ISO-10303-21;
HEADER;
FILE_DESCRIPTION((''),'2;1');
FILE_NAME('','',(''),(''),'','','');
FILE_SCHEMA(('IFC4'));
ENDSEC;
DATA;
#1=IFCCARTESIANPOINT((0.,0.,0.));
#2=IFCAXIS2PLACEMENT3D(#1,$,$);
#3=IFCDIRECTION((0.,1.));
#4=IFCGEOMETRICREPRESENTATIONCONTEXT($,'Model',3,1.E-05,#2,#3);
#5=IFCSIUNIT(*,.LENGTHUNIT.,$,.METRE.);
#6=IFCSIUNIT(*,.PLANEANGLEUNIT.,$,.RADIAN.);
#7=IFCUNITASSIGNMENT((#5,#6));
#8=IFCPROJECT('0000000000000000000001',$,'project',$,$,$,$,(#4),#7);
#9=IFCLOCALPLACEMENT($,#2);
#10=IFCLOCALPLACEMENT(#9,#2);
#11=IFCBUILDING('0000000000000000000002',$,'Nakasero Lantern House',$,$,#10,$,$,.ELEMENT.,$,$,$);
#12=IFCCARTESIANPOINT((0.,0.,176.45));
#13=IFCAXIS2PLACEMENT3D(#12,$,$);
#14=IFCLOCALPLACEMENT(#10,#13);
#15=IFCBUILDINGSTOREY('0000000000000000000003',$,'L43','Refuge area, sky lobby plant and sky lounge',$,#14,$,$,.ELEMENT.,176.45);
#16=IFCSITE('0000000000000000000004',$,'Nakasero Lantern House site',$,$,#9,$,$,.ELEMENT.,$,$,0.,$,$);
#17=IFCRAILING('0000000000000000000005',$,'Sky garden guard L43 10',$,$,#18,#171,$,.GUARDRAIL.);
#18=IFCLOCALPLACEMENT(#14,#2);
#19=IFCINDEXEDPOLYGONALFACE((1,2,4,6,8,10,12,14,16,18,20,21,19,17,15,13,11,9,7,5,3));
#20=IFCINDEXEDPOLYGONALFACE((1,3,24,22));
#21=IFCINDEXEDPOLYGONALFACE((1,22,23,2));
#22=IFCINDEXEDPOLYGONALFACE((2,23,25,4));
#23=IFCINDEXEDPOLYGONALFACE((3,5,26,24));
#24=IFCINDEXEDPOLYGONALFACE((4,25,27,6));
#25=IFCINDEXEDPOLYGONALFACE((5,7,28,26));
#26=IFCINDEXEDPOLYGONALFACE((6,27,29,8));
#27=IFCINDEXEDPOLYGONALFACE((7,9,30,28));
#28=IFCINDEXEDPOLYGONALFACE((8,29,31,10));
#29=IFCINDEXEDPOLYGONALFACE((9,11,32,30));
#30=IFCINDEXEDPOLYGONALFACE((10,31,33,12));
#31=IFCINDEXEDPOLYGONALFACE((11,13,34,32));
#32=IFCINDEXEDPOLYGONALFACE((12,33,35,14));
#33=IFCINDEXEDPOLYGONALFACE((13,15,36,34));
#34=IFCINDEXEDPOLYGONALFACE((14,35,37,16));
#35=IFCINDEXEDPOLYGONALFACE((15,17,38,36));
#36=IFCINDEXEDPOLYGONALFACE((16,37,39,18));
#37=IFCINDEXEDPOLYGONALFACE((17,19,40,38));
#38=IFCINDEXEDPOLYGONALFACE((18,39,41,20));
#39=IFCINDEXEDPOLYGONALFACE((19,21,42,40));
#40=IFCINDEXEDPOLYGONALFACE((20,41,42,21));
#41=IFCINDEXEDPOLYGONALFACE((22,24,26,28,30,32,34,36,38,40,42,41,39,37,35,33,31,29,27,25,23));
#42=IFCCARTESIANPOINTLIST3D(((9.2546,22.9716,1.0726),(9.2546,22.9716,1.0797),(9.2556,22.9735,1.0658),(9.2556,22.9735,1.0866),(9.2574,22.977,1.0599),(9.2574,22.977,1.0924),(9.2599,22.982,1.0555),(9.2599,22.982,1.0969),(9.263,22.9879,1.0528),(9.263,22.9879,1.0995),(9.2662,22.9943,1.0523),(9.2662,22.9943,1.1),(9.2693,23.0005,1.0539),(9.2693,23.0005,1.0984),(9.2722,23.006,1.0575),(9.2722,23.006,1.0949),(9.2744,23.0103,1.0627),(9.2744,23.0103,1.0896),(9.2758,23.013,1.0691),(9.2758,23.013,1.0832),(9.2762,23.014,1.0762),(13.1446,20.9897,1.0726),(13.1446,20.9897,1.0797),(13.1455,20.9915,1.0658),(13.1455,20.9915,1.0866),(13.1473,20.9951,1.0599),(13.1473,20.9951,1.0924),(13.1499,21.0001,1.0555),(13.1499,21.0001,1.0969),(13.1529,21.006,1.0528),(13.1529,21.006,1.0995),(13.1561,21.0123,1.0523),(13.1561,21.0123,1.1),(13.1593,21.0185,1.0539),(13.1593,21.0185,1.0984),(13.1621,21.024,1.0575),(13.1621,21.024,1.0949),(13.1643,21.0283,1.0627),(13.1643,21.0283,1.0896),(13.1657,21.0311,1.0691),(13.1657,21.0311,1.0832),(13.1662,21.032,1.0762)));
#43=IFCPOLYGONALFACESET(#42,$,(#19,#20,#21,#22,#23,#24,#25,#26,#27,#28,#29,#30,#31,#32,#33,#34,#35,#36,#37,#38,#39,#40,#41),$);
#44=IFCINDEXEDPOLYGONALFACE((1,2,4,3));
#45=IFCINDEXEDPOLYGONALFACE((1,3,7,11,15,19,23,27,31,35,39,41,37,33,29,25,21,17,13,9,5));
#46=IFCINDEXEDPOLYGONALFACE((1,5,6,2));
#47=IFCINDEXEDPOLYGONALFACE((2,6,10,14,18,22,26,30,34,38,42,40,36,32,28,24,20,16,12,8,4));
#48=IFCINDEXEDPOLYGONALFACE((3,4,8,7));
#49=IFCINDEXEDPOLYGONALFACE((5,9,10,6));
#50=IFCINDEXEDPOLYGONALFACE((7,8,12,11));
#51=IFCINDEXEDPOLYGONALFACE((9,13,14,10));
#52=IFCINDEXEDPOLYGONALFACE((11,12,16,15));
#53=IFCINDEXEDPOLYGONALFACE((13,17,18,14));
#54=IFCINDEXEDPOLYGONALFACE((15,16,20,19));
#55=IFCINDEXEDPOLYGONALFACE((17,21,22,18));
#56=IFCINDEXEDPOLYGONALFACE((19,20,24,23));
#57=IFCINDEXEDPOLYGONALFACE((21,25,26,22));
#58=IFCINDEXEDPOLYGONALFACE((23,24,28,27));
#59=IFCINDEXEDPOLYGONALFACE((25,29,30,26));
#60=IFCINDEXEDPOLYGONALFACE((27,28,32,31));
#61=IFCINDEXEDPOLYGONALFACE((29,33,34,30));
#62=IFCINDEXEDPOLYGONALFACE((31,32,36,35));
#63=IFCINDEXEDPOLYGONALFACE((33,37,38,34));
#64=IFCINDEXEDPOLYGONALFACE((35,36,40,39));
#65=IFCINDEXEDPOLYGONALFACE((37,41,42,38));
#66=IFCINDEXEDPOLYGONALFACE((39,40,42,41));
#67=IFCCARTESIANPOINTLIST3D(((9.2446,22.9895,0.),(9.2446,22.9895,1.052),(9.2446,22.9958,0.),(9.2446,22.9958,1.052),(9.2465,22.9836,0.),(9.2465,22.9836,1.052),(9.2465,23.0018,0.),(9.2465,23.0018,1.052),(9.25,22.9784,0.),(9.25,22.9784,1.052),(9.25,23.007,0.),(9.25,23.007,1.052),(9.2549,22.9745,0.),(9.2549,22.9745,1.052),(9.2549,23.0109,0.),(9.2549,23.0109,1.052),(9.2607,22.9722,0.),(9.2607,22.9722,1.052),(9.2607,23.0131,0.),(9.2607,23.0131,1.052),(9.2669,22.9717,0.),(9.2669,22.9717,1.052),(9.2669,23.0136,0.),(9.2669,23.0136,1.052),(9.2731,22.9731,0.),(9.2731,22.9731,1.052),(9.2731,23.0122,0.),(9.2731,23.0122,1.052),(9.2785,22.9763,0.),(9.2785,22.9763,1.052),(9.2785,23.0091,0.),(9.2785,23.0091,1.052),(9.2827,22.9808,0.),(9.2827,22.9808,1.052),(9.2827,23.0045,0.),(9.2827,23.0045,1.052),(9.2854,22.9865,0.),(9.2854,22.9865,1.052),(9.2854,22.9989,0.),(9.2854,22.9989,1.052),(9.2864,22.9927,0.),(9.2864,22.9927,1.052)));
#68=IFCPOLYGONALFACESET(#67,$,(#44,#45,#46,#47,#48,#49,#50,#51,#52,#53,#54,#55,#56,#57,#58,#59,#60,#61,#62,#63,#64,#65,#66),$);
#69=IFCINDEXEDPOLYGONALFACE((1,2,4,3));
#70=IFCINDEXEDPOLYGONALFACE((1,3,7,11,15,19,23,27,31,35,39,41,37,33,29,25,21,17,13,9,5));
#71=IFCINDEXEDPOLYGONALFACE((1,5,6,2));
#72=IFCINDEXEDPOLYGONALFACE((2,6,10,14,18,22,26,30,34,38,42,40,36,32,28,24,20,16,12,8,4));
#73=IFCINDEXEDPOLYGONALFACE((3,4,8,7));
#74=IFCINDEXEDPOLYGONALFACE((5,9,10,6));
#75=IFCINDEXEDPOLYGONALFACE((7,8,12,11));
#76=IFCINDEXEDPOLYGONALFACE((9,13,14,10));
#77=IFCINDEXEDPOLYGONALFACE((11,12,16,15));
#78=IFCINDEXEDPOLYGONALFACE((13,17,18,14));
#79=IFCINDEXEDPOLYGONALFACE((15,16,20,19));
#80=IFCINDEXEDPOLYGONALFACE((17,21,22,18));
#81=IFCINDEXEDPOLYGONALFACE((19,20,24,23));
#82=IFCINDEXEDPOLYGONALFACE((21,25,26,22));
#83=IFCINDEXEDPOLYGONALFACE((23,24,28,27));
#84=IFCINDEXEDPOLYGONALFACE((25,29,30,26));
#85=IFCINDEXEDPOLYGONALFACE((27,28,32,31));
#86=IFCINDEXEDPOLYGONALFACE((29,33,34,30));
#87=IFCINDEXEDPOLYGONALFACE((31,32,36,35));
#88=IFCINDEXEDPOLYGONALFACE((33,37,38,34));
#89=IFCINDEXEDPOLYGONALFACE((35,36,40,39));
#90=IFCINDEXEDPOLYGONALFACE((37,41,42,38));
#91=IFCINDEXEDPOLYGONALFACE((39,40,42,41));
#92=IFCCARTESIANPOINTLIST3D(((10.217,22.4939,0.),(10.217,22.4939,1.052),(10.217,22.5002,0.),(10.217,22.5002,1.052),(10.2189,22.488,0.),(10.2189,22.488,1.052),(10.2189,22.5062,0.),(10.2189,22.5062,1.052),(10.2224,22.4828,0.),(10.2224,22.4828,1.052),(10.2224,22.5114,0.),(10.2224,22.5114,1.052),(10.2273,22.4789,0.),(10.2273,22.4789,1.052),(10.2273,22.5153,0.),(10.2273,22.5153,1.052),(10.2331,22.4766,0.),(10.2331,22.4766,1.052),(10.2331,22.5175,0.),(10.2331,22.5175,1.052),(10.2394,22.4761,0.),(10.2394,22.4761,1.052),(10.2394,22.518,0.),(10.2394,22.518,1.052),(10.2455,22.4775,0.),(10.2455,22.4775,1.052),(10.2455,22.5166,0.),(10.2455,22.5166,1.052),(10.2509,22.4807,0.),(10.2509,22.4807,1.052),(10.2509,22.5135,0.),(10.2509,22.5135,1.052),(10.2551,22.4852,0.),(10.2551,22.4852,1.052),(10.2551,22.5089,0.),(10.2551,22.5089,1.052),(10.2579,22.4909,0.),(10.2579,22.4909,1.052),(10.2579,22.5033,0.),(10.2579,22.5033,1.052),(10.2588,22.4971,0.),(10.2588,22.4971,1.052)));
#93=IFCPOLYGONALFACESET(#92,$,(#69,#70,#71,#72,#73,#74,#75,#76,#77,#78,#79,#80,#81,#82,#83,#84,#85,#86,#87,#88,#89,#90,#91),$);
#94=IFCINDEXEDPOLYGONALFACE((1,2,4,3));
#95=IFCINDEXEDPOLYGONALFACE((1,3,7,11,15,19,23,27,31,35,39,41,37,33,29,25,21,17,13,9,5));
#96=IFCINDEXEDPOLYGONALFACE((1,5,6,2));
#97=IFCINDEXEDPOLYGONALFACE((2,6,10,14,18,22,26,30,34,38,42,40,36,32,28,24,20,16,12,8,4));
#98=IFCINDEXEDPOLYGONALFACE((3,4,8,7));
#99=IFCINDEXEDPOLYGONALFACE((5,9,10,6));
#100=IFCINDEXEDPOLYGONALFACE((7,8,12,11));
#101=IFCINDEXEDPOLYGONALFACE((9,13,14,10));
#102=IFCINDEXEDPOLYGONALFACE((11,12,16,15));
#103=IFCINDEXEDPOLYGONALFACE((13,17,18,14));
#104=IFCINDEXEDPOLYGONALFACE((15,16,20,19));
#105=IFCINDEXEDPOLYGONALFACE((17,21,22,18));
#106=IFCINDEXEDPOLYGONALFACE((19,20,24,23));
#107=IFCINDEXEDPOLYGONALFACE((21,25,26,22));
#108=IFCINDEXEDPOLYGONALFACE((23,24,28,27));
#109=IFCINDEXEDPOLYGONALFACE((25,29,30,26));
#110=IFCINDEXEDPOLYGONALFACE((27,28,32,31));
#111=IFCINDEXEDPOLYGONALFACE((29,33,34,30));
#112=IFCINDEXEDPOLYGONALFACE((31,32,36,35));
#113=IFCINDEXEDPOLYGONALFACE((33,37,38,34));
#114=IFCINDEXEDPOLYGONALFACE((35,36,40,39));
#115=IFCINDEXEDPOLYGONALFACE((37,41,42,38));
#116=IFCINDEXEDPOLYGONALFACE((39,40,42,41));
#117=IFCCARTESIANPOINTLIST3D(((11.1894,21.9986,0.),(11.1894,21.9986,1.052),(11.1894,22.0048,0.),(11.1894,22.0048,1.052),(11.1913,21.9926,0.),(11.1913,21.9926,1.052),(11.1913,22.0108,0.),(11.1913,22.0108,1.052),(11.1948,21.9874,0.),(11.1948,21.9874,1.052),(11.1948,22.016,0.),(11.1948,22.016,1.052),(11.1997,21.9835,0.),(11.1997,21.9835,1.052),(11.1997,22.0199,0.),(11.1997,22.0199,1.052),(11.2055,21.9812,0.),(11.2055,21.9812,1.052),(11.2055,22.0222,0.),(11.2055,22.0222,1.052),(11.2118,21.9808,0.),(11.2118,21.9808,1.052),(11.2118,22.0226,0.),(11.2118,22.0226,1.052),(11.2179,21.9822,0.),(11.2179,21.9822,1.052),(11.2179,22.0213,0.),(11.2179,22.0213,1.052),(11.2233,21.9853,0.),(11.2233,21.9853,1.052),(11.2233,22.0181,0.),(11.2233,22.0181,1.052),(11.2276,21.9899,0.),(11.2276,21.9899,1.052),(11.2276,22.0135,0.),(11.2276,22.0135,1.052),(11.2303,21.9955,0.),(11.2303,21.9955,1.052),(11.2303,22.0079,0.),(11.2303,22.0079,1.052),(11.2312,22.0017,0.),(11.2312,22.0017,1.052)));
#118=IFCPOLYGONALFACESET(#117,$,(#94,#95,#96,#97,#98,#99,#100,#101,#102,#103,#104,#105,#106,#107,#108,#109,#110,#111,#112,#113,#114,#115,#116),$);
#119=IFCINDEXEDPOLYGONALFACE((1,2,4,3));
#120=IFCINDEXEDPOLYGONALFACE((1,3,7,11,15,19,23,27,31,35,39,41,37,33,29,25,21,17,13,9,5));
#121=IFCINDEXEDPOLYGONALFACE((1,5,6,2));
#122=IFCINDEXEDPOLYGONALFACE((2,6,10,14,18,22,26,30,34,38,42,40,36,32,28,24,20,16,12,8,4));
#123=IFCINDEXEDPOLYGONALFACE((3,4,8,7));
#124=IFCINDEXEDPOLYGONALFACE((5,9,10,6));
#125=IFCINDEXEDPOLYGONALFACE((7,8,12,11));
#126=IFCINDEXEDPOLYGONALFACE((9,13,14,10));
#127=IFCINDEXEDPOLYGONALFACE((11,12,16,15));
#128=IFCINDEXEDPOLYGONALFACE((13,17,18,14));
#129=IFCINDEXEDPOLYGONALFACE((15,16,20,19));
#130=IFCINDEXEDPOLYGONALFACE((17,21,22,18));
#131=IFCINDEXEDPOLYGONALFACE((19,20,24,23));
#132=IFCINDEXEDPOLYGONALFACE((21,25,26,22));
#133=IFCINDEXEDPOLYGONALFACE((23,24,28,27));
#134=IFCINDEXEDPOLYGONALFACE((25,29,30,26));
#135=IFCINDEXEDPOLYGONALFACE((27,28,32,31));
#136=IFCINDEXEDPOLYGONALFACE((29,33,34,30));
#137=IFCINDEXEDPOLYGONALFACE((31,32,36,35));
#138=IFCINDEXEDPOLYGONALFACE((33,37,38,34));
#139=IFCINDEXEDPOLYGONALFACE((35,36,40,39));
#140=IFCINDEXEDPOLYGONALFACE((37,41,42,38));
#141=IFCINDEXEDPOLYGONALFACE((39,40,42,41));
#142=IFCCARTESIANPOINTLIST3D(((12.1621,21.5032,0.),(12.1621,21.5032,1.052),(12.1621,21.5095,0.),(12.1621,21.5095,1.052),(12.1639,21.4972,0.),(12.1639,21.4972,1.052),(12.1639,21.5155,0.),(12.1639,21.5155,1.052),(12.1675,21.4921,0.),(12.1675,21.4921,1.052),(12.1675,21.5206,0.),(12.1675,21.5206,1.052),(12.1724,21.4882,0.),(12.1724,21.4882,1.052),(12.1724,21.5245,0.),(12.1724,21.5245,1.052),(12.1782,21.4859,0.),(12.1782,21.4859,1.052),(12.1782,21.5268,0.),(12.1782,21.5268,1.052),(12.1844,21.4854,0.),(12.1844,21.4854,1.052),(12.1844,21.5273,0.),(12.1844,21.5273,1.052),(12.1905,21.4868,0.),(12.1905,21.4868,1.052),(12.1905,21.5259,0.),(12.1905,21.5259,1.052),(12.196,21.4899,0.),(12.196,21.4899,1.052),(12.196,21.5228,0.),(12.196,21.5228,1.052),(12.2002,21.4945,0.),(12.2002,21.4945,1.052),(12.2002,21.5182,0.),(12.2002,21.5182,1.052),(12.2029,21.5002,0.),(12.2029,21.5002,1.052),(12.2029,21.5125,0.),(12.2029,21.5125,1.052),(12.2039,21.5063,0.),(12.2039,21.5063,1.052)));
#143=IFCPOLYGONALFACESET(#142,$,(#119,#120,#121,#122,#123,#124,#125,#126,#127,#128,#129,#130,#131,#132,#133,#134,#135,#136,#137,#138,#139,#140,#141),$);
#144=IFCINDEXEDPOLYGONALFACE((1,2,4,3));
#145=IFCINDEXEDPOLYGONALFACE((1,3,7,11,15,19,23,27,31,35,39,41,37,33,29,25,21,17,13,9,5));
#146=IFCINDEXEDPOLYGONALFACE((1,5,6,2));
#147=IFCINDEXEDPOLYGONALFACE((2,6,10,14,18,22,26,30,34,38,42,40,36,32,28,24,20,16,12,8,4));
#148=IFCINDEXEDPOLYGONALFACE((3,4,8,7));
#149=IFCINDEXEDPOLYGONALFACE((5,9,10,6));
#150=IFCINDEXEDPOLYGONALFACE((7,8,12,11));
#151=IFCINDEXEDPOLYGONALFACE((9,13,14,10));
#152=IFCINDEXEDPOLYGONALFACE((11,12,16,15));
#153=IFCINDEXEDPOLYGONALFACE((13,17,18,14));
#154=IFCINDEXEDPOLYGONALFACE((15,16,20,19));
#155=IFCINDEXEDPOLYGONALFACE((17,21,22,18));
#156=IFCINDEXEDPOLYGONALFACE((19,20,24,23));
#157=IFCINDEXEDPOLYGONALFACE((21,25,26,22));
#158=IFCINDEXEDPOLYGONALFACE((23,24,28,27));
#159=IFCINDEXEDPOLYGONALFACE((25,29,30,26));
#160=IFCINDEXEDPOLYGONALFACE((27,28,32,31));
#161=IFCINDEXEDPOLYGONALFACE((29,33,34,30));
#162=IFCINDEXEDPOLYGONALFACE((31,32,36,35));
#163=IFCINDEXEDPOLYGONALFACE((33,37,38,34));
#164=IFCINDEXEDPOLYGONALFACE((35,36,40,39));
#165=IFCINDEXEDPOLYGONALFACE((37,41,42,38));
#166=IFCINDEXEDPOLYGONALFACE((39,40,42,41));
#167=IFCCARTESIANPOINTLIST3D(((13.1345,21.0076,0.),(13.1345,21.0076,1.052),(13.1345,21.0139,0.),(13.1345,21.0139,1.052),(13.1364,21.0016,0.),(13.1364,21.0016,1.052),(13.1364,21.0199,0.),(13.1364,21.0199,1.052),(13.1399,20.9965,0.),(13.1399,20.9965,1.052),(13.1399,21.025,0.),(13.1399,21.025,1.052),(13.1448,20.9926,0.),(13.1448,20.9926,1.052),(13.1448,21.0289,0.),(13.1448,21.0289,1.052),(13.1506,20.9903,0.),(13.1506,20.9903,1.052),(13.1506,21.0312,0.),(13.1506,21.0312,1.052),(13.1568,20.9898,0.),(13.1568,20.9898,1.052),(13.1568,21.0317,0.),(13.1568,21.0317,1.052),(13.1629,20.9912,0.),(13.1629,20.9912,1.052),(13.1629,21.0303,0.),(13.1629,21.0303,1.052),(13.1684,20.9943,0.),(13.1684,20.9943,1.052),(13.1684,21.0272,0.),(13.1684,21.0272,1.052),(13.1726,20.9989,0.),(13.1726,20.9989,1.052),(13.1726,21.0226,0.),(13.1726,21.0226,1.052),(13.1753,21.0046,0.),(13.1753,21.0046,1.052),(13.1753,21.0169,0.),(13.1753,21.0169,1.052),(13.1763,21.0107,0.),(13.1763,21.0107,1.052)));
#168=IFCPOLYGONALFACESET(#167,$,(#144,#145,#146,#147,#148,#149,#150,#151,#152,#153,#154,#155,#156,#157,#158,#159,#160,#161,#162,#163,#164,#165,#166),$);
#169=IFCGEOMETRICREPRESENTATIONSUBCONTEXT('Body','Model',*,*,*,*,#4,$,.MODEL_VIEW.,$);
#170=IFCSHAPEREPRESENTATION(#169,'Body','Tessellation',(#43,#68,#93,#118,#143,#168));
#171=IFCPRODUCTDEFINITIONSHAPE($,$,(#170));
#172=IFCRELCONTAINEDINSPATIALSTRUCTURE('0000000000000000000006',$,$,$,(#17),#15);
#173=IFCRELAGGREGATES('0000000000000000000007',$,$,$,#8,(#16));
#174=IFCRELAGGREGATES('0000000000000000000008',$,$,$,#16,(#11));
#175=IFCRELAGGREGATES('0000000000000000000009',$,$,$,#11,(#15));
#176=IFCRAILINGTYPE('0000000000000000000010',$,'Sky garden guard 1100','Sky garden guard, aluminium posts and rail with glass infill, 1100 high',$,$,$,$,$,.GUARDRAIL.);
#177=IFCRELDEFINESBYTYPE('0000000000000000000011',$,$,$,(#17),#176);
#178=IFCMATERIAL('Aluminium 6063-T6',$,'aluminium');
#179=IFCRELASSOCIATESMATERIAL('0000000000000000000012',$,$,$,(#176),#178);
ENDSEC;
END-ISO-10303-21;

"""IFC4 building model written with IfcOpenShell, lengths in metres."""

from ifc_helpers import new_model, si_unit, direction, frame, origin, origin_2d, place, context, subcontext, project, spatial, circle, extrude, material, type_object, element, save


model = new_model("IFC4")

# Units and contexts
model_context = context("Model", 3, precision=1e-05, world=origin(), true_north=direction((0.0, 1.0)))
body_context = subcontext(model_context, "Body", "Model", "MODEL_VIEW")
ifc_project = project(units=[si_unit("LENGTHUNIT", "METRE"), si_unit("PLANEANGLEUNIT", "RADIAN")], contexts=[model_context])

# Site, building, storey
site_placement = place(None, origin())
site = spatial("IfcSite", under=ifc_project, at=site_placement, Name="Nakasero Lantern House site", CompositionType="ELEMENT", RefElevation=0.0)
building_placement = place(site_placement, origin())
building = spatial("IfcBuilding", under=site, at=building_placement, Name="Nakasero Lantern House", CompositionType="ELEMENT")
storey_placement = place(building_placement, frame((0.0, 0.0, 176.45)))
storey = spatial("IfcBuildingStorey", under=building, at=storey_placement, Name="L43", Description="Refuge area, sky lobby plant and sky lounge", CompositionType="ELEMENT", Elevation=176.45)

# Railing
ifc_material_1 = material(Name="Aluminium 6063-T6", Category="aluminium")
railing_type = type_object("IfcRailingType", Name="Sky garden guard 1100", Description="Sky garden guard, aluminium posts and rail with glass infill, 1100 high", PredefinedType="GUARDRAIL", material=ifc_material_1)
railing_1_placement = place(storey_placement, frame((9.2654, 22.9927, 0.0)))
element("IfcRailing", 1, at=railing_1_placement, inside=storey, type_object=railing_type, Name="Sky garden guard L43 10", PredefinedType="GUARDRAIL", context=body_context, shape_type="SweptSolid", body=[
    extrude(circle(Radius=0.0239, at=origin_2d()), frame((0.0, 0.0, 1.0762), z_axis=(0.891013, -0.453979, 0.0), x_axis=(0.453979, 0.891013, 0.0)), (0.0, 0.0, 1.0), 4.3657),
    extrude(circle(Radius=0.021, at=origin_2d()), origin(), (0.0, 0.0, 1.0), 1.052),
    extrude(circle(Radius=0.021, at=origin_2d()), frame((0.9724, -0.4956, 0.0)), (0.0, 0.0, 1.0), 1.052),
    extrude(circle(Radius=0.021, at=origin_2d()), frame((1.9448, -0.991, 0.0)), (0.0, 0.0, 1.0), 1.052),
    extrude(circle(Radius=0.021, at=origin_2d()), frame((2.9175, -1.4863, 0.0)), (0.0, 0.0, 1.0), 1.052),
    extrude(circle(Radius=0.021, at=origin_2d()), frame((3.8899, -1.9819, 0.0)), (0.0, 0.0, 1.0), 1.052),
])

save(model, "model.ifc")
